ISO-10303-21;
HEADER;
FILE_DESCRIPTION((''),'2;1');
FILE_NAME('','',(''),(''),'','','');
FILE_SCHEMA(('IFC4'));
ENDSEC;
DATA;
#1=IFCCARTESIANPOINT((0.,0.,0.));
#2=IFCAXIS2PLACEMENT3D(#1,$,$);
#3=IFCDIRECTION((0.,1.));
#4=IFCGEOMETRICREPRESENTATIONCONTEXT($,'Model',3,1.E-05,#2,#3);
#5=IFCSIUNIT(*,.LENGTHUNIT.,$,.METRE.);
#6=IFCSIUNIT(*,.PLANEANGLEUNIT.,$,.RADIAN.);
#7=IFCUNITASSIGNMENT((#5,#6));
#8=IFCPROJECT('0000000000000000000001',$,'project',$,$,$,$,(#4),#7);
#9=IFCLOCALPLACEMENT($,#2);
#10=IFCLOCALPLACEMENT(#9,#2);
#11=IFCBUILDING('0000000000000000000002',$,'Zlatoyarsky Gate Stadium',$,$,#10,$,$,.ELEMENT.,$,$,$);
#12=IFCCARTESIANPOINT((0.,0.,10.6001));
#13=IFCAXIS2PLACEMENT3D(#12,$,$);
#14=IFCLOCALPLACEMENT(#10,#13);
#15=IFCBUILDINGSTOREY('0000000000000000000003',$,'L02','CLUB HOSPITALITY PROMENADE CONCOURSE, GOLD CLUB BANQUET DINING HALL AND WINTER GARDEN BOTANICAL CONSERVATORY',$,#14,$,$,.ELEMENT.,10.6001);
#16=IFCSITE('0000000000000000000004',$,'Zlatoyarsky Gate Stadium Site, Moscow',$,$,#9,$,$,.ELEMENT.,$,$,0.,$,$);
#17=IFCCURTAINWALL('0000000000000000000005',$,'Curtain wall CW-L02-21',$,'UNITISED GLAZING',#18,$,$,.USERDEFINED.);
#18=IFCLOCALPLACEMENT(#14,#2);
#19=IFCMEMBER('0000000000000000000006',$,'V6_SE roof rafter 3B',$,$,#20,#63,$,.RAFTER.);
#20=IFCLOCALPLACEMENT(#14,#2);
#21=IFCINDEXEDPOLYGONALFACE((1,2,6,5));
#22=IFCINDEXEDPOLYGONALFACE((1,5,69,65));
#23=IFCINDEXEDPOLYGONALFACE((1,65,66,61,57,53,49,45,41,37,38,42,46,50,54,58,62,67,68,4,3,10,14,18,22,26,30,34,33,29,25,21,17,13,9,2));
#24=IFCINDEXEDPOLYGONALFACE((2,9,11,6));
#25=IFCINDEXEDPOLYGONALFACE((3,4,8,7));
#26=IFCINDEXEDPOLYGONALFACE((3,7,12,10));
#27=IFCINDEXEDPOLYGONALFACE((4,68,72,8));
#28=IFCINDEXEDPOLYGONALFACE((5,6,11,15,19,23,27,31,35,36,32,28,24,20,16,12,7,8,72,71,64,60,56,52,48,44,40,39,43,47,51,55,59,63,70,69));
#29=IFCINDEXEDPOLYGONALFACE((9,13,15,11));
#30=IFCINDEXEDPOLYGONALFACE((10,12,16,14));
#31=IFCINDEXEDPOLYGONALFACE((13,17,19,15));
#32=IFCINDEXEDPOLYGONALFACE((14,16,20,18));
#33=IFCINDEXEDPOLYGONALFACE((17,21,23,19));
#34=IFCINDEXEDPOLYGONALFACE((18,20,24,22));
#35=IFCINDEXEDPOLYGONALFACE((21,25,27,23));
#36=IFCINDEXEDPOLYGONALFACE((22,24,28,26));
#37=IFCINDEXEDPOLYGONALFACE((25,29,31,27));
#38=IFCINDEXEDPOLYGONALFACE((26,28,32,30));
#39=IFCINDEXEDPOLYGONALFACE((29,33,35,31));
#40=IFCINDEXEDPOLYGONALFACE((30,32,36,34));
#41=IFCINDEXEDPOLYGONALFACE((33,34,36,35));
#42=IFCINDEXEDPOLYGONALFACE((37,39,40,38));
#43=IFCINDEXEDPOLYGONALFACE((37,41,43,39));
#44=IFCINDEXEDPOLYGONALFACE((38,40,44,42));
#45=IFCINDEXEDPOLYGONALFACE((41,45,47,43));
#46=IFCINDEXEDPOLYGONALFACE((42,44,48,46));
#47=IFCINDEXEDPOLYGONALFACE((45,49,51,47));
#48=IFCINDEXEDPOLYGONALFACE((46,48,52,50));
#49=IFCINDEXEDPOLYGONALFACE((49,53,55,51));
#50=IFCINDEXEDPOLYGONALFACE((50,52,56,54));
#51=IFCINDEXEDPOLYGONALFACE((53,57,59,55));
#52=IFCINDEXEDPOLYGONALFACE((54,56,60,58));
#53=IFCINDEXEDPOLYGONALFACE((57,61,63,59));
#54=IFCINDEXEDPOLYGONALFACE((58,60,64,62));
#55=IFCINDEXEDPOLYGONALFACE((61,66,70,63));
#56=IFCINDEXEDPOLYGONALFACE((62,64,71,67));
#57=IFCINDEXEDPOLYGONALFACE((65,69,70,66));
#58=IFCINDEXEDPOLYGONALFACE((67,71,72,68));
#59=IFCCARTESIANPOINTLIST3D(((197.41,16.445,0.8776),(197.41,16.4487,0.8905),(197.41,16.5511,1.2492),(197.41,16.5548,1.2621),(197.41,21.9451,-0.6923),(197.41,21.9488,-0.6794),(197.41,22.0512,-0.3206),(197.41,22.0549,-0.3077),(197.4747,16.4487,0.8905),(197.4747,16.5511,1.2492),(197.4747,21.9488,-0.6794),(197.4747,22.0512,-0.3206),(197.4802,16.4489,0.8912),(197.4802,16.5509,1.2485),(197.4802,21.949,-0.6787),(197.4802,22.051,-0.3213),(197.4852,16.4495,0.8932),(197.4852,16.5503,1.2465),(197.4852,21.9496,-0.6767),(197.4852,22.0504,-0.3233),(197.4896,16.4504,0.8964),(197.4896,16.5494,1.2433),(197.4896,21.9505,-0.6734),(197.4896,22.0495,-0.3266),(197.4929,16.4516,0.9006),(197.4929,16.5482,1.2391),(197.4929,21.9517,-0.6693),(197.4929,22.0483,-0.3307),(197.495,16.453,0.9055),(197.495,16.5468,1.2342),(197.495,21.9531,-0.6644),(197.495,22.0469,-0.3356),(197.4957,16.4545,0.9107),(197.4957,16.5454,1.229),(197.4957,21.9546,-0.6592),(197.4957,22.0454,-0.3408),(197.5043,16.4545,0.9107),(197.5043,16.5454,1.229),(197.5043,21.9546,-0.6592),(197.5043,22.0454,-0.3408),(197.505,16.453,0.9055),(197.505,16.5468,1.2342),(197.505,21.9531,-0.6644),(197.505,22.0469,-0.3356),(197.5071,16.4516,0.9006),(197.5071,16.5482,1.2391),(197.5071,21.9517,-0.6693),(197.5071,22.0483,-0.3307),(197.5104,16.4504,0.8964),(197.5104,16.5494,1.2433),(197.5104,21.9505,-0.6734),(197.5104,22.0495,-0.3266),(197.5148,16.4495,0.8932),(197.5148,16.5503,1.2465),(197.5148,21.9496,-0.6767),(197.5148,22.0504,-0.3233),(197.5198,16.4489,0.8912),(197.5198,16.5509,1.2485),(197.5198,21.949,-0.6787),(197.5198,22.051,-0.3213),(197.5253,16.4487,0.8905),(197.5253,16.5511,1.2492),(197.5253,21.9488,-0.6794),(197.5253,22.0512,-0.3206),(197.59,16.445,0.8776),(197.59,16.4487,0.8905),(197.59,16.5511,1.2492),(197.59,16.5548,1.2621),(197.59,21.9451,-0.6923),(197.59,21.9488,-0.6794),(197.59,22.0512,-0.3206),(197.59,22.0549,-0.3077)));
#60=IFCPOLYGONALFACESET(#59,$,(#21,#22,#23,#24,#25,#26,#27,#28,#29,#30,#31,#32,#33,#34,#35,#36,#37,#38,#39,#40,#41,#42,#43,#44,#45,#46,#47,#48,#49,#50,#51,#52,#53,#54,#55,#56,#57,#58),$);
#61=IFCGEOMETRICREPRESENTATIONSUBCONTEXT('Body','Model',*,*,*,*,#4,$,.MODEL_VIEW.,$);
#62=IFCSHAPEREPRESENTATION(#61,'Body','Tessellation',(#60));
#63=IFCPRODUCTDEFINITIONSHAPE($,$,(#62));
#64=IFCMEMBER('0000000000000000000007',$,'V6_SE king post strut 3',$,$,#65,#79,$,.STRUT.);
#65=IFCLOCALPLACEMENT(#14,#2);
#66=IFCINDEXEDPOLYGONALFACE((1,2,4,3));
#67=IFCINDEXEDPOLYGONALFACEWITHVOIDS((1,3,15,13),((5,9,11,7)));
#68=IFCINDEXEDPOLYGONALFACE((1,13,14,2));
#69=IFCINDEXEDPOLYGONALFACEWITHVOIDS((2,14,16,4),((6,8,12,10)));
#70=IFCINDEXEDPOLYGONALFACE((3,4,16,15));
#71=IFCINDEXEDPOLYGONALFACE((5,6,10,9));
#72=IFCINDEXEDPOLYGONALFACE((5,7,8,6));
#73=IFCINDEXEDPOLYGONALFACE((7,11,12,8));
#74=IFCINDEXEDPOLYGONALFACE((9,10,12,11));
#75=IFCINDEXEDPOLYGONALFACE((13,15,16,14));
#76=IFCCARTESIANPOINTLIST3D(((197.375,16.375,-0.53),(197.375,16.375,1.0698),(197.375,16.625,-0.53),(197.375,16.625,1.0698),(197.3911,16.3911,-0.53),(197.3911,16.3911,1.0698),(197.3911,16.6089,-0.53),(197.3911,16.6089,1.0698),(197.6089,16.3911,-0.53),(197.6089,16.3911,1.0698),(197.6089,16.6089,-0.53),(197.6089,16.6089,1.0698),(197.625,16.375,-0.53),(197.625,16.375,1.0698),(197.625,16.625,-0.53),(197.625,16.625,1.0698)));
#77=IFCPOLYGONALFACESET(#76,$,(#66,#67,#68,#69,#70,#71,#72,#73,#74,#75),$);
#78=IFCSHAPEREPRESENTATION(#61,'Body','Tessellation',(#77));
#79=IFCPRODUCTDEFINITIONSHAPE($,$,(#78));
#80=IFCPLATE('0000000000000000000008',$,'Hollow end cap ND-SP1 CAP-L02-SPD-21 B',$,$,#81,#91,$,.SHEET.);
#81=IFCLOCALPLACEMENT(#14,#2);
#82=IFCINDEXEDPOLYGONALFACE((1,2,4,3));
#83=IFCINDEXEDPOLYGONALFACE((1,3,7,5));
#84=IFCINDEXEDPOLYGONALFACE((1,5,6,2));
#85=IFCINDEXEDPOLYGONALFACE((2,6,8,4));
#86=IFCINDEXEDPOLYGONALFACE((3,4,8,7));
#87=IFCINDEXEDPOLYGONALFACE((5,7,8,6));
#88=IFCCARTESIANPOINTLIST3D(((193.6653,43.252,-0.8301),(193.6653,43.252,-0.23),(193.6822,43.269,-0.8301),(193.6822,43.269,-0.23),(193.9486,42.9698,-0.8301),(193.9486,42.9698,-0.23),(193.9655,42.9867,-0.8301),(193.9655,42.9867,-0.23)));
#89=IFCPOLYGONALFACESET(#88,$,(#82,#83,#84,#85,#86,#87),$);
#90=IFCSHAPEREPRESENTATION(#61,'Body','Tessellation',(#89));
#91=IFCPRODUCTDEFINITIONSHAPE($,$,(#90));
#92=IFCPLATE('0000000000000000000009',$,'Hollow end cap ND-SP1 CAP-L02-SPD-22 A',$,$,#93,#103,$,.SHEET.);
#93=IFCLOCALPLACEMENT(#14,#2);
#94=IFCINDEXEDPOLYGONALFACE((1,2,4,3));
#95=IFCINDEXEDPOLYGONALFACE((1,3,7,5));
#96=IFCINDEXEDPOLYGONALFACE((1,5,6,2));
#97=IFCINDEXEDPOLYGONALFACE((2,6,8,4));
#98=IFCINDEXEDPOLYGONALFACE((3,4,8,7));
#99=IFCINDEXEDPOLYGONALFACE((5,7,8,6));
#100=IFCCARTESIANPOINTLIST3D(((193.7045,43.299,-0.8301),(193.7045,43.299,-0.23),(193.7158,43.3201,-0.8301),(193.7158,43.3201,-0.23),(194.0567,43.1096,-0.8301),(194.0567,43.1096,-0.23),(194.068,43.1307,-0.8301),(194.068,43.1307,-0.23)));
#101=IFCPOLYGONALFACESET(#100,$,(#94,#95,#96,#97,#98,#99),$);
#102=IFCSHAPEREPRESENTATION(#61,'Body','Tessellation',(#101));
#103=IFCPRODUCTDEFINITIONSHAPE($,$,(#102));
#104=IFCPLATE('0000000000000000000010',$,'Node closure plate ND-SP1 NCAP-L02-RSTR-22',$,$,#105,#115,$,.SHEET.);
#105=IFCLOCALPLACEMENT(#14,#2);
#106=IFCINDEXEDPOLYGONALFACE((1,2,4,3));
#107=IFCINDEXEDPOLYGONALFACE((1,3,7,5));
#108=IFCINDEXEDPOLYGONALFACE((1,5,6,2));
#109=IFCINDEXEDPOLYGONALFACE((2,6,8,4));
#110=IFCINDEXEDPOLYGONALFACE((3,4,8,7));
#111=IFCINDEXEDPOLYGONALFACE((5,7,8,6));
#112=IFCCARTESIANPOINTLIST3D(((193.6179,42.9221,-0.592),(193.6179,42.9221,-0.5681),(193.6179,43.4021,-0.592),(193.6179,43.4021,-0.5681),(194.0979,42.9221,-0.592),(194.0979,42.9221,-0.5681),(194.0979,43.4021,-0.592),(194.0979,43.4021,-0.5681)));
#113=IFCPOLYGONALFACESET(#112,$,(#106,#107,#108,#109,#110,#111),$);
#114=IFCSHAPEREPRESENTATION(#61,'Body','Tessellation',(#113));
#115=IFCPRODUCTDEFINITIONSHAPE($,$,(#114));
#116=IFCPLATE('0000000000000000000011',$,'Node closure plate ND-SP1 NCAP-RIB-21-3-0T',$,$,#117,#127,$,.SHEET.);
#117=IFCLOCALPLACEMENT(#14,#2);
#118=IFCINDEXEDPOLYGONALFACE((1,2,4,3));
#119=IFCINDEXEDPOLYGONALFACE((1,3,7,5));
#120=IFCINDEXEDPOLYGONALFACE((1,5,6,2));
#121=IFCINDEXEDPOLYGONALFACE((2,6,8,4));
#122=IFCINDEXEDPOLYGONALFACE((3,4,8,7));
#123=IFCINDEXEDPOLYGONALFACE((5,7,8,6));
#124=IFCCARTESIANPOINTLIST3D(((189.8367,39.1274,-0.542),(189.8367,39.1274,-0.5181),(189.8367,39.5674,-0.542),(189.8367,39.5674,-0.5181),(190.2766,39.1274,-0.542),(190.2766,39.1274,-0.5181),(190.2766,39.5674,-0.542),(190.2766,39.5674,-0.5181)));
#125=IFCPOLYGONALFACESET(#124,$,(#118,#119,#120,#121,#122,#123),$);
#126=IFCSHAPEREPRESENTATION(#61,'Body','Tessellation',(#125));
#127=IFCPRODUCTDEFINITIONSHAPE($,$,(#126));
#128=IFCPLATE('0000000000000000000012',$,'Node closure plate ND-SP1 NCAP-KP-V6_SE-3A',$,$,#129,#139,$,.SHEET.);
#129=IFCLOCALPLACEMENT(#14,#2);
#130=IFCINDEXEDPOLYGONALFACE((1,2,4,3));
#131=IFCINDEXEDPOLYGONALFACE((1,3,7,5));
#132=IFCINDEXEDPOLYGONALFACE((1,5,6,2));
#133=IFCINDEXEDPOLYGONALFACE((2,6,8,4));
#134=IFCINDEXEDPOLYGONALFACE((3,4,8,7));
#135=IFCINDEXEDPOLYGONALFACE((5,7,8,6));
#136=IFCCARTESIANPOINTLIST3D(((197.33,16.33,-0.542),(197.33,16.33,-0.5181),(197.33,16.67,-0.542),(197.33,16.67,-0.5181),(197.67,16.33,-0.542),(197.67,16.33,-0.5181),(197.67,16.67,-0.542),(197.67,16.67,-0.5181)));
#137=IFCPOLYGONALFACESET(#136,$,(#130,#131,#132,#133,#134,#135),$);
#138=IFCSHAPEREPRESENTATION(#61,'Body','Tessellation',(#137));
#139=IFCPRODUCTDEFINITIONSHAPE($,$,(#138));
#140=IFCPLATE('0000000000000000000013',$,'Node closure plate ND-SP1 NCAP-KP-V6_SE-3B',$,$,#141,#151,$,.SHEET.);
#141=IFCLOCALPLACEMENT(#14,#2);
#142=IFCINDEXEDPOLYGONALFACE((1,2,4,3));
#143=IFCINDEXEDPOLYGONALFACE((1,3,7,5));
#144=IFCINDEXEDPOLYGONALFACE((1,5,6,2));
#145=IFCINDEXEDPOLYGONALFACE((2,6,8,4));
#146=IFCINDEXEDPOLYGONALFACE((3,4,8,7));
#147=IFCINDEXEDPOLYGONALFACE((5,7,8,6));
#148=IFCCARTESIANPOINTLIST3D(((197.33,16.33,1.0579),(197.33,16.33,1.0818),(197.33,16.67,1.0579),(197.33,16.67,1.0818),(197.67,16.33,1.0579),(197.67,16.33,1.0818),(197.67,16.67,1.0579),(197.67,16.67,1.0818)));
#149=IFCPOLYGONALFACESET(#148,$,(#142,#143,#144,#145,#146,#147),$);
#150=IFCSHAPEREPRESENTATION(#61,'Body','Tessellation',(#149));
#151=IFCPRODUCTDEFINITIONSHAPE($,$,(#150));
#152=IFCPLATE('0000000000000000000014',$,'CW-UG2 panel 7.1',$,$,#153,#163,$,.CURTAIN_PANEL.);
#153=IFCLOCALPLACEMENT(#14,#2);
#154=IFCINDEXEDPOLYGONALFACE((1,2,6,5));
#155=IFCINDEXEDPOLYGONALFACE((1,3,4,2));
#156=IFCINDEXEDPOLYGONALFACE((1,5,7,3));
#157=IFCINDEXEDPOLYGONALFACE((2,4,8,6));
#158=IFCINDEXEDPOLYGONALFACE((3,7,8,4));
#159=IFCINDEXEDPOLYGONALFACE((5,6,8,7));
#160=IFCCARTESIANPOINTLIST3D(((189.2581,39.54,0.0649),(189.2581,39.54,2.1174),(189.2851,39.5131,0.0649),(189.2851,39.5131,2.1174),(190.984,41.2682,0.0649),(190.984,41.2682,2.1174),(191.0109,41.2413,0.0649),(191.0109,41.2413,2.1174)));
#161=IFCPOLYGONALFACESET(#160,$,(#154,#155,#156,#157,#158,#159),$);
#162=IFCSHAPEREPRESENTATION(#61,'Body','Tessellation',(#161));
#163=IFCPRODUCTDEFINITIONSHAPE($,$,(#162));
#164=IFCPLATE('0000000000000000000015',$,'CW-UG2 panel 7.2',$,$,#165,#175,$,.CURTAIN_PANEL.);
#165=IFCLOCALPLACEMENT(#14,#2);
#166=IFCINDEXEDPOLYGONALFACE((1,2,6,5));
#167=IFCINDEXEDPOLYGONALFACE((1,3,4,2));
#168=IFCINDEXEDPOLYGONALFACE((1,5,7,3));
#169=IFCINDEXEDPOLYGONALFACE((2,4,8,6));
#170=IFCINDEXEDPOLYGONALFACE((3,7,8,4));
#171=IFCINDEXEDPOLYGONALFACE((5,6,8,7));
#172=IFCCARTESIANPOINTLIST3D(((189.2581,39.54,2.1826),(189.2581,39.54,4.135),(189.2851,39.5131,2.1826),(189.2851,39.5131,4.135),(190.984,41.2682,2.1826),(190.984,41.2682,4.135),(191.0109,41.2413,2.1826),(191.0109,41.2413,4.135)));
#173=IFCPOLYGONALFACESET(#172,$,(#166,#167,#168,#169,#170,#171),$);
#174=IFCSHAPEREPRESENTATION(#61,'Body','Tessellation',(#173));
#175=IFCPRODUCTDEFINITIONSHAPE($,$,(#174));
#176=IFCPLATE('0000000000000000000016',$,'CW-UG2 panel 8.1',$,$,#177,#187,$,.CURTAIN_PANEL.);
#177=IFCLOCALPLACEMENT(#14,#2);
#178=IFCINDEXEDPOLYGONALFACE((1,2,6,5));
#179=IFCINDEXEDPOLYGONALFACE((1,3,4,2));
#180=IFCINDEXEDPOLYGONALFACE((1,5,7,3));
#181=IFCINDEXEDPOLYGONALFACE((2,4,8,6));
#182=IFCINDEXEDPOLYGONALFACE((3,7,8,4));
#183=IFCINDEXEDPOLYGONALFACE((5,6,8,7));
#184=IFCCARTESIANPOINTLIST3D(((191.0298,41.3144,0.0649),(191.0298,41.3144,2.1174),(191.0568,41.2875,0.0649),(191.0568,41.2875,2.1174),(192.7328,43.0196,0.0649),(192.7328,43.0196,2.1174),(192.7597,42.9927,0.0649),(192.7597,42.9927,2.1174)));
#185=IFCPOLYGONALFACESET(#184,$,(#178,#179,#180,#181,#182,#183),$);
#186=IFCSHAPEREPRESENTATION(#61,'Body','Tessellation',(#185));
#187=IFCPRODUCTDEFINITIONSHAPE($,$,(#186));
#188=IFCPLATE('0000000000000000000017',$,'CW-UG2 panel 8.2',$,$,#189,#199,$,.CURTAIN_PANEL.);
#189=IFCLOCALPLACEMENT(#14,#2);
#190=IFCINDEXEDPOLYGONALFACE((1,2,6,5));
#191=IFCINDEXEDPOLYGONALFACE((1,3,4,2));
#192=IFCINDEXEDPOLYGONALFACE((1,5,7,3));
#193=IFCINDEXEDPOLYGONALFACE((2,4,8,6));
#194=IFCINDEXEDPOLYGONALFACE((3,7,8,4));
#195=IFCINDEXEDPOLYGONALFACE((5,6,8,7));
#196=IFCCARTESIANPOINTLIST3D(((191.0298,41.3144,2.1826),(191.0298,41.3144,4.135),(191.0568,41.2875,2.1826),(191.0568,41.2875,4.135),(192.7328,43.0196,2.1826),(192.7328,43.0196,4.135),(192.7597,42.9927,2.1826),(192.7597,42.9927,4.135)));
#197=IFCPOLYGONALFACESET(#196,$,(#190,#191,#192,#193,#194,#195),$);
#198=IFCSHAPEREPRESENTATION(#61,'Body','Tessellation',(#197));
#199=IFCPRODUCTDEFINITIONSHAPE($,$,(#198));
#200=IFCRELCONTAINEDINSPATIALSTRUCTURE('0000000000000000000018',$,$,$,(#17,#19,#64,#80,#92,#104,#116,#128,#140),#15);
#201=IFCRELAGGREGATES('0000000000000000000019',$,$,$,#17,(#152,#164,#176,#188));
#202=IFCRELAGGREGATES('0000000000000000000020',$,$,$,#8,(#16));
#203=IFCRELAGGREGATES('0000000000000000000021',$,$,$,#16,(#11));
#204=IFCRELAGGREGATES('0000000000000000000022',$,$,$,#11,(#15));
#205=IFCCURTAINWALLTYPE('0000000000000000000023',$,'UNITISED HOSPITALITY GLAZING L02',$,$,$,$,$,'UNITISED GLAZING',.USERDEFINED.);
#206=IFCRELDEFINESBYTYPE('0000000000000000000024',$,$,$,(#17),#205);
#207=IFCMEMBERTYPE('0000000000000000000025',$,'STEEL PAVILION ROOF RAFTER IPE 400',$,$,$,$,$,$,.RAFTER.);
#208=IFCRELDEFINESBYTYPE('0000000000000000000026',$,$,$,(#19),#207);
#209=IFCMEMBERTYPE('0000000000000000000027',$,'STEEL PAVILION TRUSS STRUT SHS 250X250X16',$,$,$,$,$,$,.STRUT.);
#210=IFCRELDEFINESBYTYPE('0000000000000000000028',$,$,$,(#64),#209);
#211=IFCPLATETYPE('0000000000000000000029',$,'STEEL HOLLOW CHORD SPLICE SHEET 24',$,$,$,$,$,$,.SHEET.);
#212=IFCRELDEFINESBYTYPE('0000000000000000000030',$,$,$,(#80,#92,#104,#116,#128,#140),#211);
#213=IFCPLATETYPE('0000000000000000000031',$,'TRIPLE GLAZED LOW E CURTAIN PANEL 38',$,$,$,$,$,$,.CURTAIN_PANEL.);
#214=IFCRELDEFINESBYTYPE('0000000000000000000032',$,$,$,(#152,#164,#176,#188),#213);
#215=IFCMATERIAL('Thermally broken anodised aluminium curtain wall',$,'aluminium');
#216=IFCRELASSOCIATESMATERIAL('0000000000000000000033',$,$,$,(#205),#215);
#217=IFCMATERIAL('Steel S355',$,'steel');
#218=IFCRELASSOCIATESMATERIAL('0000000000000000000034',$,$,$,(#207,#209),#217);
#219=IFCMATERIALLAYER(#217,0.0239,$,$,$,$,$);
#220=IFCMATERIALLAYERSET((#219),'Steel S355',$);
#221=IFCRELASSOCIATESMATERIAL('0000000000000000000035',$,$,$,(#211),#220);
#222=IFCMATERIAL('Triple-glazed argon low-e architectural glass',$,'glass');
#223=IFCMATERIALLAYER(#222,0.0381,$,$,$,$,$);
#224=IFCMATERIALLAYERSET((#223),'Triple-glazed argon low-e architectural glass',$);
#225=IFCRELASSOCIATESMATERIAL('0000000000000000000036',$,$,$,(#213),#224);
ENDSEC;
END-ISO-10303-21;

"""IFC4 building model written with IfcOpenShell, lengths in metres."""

from ifc_helpers import new_model, si_unit, direction, frame, origin, origin_2d, place, context, subcontext, project, spatial, rectangle, hollow_rectangle, i_section, extrude, material, layer, layer_set, material_profile, profile_set, type_object, element, aggregate, save


model = new_model("IFC4")

# Units and contexts
model_context = context("Model", 3, precision=1e-05, world=origin(), true_north=direction((0.0, 1.0)))
body_context = subcontext(model_context, "Body", "Model", "MODEL_VIEW")
ifc_project = project(units=[si_unit("LENGTHUNIT", "METRE"), si_unit("PLANEANGLEUNIT", "RADIAN")], contexts=[model_context])

# Site, building, storey
site_placement = place(None, origin())
site = spatial("IfcSite", under=ifc_project, at=site_placement, Name="Zlatoyarsky Gate Stadium Site, Moscow", CompositionType="ELEMENT", RefElevation=0.0)
building_placement = place(site_placement, origin())
building = spatial("IfcBuilding", under=site, at=building_placement, Name="Zlatoyarsky Gate Stadium", CompositionType="ELEMENT")
storey_placement = place(building_placement, frame((0.0, 0.0, 10.6001)))
storey = spatial("IfcBuildingStorey", under=building, at=storey_placement, Name="L02", Description="CLUB HOSPITALITY PROMENADE CONCOURSE, GOLD CLUB BANQUET DINING HALL AND WINTER GARDEN BOTANICAL CONSERVATORY", CompositionType="ELEMENT", Elevation=10.6001)

# Curtain wall
ifc_material_1 = material(Name="Thermally broken anodised aluminium curtain wall", Category="aluminium")
curtain_wall_type = type_object("IfcCurtainWallType", Name="UNITISED HOSPITALITY GLAZING L02", ElementType="UNITISED GLAZING", PredefinedType="USERDEFINED", material=ifc_material_1)
curtain_wall_placement = place(storey_placement, origin())
curtain_wall = element("IfcCurtainWall", 1, at=curtain_wall_placement, inside=storey, type_object=curtain_wall_type, Name="Curtain wall CW-L02-21", ObjectType="UNITISED GLAZING", PredefinedType="USERDEFINED")

# Shared definitions
ifc_material_2 = material(Name="Steel S355", Category="steel")

# Members
ifc_material_profile_1 = material_profile(ifc_material_2, i_section(OverallWidth=0.1799, OverallDepth=0.3999, WebThickness=0.0085, FlangeThickness=0.0134, FilletRadius=0.021, at=origin_2d()), Name="IPE 400")
ifc_profile_set_1 = profile_set([ifc_material_profile_1], Name="Steel S355")
member_type_1 = type_object("IfcMemberType", Name="STEEL PAVILION ROOF RAFTER IPE 400", PredefinedType="RAFTER", material=ifc_profile_set_1)
for number, where, z_axis, x_axis, name in (
    (2, (197.5, 22.0, -0.5), (0.0, -0.961598, 0.274462), (1.0, 0.0, 0.0), "V6_SE roof rafter 3B"),
):
    element("IfcMember", number, at=place(storey_placement, frame(where, z_axis=z_axis, x_axis=x_axis)), inside=storey, type_object=member_type_1, Name=name, PredefinedType="RAFTER", context=body_context, shape_type="SweptSolid", body=[
        extrude(i_section(OverallWidth=0.1799, OverallDepth=0.3999, WebThickness=0.0085, FlangeThickness=0.0134, FilletRadius=0.021, at=origin_2d()), origin(), (0.0, 0.0, 1.0), 5.7197),
    ])
ifc_material_profile_2 = material_profile(ifc_material_2, hollow_rectangle(XDim=0.25, YDim=0.25, WallThickness=0.0161, at=origin_2d()), Name="SHS 250X250X16")
ifc_profile_set_2 = profile_set([ifc_material_profile_2], Name="Steel S355")
member_type_2 = type_object("IfcMemberType", Name="STEEL PAVILION TRUSS STRUT SHS 250X250X16", PredefinedType="STRUT", material=ifc_profile_set_2)
member_1_placement = place(storey_placement, frame((197.5, 16.5, -0.53), z_axis=(0.0, 0.0, 1.0), x_axis=(1.0, 0.0, 0.0)))
element("IfcMember", 3, at=member_1_placement, inside=storey, type_object=member_type_2, Name="V6_SE king post strut 3", PredefinedType="STRUT", context=body_context, shape_type="SweptSolid", body=[
    extrude(hollow_rectangle(XDim=0.25, YDim=0.25, WallThickness=0.0161, at=origin_2d()), origin(), (0.0, 0.0, 1.0), 1.5999),
])

# Plates
ifc_layer_1 = layer(ifc_material_2, 0.0239)
ifc_layer_set_1 = layer_set([ifc_layer_1], Name="Steel S355")
plate_type_1 = type_object("IfcPlateType", Name="STEEL HOLLOW CHORD SPLICE SHEET 24", PredefinedType="SHEET", material=ifc_layer_set_1)
for number, where, z_axis, x_axis, name in (
    (4, (193.8154, 43.1194, -0.8301), (0.0, 0.0, 1.0), (0.705852, 0.708359, 0.0), "Hollow end cap ND-SP1 CAP-L02-SPD-21 B"),
    (5, (193.8862, 43.2148, -0.8301), (0.0, 0.0, 1.0), (0.473712, 0.88068, 0.0), "Hollow end cap ND-SP1 CAP-L02-SPD-22 A"),
):
    element("IfcPlate", number, at=place(storey_placement, frame(where, z_axis=z_axis, x_axis=x_axis)), inside=storey, type_object=plate_type_1, Name=name, PredefinedType="SHEET", context=body_context, shape_type="SweptSolid", body=[
        extrude(rectangle(XDim=0.0239, YDim=0.3999, at=origin_2d()), origin(), (0.0, 0.0, 1.0), 0.6001),
    ])
plate_1_placement = place(storey_placement, frame((193.8579, 43.1621, -0.592), z_axis=(0.0, 0.0, 1.0), x_axis=(1.0, 0.0, 0.0)))
element("IfcPlate", 6, at=plate_1_placement, inside=storey, type_object=plate_type_1, Name="Node closure plate ND-SP1 NCAP-L02-RSTR-22", PredefinedType="SHEET", context=body_context, shape_type="SweptSolid", body=[
    extrude(rectangle(XDim=0.48, YDim=0.48, at=origin_2d()), origin(), (0.0, 0.0, 1.0), 0.0239),
])
plate_2_placement = place(storey_placement, frame((190.0566, 39.3474, -0.542), z_axis=(0.0, 0.0, 1.0), x_axis=(1.0, 0.0, 0.0)))
element("IfcPlate", 7, at=plate_2_placement, inside=storey, type_object=plate_type_1, Name="Node closure plate ND-SP1 NCAP-RIB-21-3-0T", PredefinedType="SHEET", context=body_context, shape_type="SweptSolid", body=[
    extrude(rectangle(XDim=0.4399, YDim=0.4399, at=origin_2d()), origin(), (0.0, 0.0, 1.0), 0.0239),
])
for number, where, z_axis, x_axis, name in (
    (8, (197.5, 16.5, -0.542), (0.0, 0.0, 1.0), (1.0, 0.0, 0.0), "Node closure plate ND-SP1 NCAP-KP-V6_SE-3A"),
    (9, (197.5, 16.5, 1.0579), (0.0, 0.0, 1.0), (1.0, 0.0, 0.0), "Node closure plate ND-SP1 NCAP-KP-V6_SE-3B"),
):
    element("IfcPlate", number, at=place(storey_placement, frame(where, z_axis=z_axis, x_axis=x_axis)), inside=storey, type_object=plate_type_1, Name=name, PredefinedType="SHEET", context=body_context, shape_type="SweptSolid", body=[
        extrude(rectangle(XDim=0.3401, YDim=0.3401, at=origin_2d()), origin(), (0.0, 0.0, 1.0), 0.0239),
    ])

# Plates
ifc_material_3 = material(Name="Triple-glazed argon low-e architectural glass", Category="glass")
ifc_layer_2 = layer(ifc_material_3, 0.0381)
ifc_layer_set_2 = layer_set([ifc_layer_2], Name="Triple-glazed argon low-e architectural glass")
plate_type_2 = type_object("IfcPlateType", Name="TRIPLE GLAZED LOW E CURTAIN PANEL 38", PredefinedType="CURTAIN_PANEL", material=ifc_layer_set_2)
plate_3_placement = place(storey_placement, frame((190.1345, 40.3906, 0.0649), z_axis=(0.0, 0.0, 1.0), x_axis=(0.706628, 0.707585, 0.0)))
plate_3 = element("IfcPlate", 10, at=plate_3_placement, type_object=plate_type_2, Name="CW-UG2 panel 7.1", PredefinedType="CURTAIN_PANEL", context=body_context, shape_type="SweptSolid", body=[
    extrude(rectangle(XDim=2.4424, YDim=0.0381, at=origin_2d()), origin(), (0.0, 0.0, 1.0), 2.0525),
])
plate_4_placement = place(storey_placement, frame((190.1345, 40.3906, 2.1826), z_axis=(0.0, 0.0, 1.0), x_axis=(0.706628, 0.707585, 0.0)))
plate_4 = element("IfcPlate", 11, at=plate_4_placement, type_object=plate_type_2, Name="CW-UG2 panel 7.2", PredefinedType="CURTAIN_PANEL", context=body_context, shape_type="SweptSolid", body=[
    extrude(rectangle(XDim=2.4424, YDim=0.0381, at=origin_2d()), origin(), (0.0, 0.0, 1.0), 1.9524),
])
plate_5_placement = place(storey_placement, frame((191.8948, 42.1536, 0.0649), z_axis=(0.0, 0.0, 1.0), x_axis=(0.706628, 0.707585, 0.0)))
plate_5 = element("IfcPlate", 12, at=plate_5_placement, type_object=plate_type_2, Name="CW-UG2 panel 8.1", PredefinedType="CURTAIN_PANEL", context=body_context, shape_type="SweptSolid", body=[
    extrude(rectangle(XDim=2.4099, YDim=0.0381, at=origin_2d()), origin(), (0.0, 0.0, 1.0), 2.0525),
])
plate_6_placement = place(storey_placement, frame((191.8948, 42.1536, 2.1826), z_axis=(0.0, 0.0, 1.0), x_axis=(0.706628, 0.707585, 0.0)))
plate_6 = element("IfcPlate", 13, at=plate_6_placement, type_object=plate_type_2, Name="CW-UG2 panel 8.2", PredefinedType="CURTAIN_PANEL", context=body_context, shape_type="SweptSolid", body=[
    extrude(rectangle(XDim=2.4099, YDim=0.0381, at=origin_2d()), origin(), (0.0, 0.0, 1.0), 1.9524),
])
aggregate(curtain_wall, [plate_3, plate_4, plate_5, plate_6])

save(model, "model.ifc")
